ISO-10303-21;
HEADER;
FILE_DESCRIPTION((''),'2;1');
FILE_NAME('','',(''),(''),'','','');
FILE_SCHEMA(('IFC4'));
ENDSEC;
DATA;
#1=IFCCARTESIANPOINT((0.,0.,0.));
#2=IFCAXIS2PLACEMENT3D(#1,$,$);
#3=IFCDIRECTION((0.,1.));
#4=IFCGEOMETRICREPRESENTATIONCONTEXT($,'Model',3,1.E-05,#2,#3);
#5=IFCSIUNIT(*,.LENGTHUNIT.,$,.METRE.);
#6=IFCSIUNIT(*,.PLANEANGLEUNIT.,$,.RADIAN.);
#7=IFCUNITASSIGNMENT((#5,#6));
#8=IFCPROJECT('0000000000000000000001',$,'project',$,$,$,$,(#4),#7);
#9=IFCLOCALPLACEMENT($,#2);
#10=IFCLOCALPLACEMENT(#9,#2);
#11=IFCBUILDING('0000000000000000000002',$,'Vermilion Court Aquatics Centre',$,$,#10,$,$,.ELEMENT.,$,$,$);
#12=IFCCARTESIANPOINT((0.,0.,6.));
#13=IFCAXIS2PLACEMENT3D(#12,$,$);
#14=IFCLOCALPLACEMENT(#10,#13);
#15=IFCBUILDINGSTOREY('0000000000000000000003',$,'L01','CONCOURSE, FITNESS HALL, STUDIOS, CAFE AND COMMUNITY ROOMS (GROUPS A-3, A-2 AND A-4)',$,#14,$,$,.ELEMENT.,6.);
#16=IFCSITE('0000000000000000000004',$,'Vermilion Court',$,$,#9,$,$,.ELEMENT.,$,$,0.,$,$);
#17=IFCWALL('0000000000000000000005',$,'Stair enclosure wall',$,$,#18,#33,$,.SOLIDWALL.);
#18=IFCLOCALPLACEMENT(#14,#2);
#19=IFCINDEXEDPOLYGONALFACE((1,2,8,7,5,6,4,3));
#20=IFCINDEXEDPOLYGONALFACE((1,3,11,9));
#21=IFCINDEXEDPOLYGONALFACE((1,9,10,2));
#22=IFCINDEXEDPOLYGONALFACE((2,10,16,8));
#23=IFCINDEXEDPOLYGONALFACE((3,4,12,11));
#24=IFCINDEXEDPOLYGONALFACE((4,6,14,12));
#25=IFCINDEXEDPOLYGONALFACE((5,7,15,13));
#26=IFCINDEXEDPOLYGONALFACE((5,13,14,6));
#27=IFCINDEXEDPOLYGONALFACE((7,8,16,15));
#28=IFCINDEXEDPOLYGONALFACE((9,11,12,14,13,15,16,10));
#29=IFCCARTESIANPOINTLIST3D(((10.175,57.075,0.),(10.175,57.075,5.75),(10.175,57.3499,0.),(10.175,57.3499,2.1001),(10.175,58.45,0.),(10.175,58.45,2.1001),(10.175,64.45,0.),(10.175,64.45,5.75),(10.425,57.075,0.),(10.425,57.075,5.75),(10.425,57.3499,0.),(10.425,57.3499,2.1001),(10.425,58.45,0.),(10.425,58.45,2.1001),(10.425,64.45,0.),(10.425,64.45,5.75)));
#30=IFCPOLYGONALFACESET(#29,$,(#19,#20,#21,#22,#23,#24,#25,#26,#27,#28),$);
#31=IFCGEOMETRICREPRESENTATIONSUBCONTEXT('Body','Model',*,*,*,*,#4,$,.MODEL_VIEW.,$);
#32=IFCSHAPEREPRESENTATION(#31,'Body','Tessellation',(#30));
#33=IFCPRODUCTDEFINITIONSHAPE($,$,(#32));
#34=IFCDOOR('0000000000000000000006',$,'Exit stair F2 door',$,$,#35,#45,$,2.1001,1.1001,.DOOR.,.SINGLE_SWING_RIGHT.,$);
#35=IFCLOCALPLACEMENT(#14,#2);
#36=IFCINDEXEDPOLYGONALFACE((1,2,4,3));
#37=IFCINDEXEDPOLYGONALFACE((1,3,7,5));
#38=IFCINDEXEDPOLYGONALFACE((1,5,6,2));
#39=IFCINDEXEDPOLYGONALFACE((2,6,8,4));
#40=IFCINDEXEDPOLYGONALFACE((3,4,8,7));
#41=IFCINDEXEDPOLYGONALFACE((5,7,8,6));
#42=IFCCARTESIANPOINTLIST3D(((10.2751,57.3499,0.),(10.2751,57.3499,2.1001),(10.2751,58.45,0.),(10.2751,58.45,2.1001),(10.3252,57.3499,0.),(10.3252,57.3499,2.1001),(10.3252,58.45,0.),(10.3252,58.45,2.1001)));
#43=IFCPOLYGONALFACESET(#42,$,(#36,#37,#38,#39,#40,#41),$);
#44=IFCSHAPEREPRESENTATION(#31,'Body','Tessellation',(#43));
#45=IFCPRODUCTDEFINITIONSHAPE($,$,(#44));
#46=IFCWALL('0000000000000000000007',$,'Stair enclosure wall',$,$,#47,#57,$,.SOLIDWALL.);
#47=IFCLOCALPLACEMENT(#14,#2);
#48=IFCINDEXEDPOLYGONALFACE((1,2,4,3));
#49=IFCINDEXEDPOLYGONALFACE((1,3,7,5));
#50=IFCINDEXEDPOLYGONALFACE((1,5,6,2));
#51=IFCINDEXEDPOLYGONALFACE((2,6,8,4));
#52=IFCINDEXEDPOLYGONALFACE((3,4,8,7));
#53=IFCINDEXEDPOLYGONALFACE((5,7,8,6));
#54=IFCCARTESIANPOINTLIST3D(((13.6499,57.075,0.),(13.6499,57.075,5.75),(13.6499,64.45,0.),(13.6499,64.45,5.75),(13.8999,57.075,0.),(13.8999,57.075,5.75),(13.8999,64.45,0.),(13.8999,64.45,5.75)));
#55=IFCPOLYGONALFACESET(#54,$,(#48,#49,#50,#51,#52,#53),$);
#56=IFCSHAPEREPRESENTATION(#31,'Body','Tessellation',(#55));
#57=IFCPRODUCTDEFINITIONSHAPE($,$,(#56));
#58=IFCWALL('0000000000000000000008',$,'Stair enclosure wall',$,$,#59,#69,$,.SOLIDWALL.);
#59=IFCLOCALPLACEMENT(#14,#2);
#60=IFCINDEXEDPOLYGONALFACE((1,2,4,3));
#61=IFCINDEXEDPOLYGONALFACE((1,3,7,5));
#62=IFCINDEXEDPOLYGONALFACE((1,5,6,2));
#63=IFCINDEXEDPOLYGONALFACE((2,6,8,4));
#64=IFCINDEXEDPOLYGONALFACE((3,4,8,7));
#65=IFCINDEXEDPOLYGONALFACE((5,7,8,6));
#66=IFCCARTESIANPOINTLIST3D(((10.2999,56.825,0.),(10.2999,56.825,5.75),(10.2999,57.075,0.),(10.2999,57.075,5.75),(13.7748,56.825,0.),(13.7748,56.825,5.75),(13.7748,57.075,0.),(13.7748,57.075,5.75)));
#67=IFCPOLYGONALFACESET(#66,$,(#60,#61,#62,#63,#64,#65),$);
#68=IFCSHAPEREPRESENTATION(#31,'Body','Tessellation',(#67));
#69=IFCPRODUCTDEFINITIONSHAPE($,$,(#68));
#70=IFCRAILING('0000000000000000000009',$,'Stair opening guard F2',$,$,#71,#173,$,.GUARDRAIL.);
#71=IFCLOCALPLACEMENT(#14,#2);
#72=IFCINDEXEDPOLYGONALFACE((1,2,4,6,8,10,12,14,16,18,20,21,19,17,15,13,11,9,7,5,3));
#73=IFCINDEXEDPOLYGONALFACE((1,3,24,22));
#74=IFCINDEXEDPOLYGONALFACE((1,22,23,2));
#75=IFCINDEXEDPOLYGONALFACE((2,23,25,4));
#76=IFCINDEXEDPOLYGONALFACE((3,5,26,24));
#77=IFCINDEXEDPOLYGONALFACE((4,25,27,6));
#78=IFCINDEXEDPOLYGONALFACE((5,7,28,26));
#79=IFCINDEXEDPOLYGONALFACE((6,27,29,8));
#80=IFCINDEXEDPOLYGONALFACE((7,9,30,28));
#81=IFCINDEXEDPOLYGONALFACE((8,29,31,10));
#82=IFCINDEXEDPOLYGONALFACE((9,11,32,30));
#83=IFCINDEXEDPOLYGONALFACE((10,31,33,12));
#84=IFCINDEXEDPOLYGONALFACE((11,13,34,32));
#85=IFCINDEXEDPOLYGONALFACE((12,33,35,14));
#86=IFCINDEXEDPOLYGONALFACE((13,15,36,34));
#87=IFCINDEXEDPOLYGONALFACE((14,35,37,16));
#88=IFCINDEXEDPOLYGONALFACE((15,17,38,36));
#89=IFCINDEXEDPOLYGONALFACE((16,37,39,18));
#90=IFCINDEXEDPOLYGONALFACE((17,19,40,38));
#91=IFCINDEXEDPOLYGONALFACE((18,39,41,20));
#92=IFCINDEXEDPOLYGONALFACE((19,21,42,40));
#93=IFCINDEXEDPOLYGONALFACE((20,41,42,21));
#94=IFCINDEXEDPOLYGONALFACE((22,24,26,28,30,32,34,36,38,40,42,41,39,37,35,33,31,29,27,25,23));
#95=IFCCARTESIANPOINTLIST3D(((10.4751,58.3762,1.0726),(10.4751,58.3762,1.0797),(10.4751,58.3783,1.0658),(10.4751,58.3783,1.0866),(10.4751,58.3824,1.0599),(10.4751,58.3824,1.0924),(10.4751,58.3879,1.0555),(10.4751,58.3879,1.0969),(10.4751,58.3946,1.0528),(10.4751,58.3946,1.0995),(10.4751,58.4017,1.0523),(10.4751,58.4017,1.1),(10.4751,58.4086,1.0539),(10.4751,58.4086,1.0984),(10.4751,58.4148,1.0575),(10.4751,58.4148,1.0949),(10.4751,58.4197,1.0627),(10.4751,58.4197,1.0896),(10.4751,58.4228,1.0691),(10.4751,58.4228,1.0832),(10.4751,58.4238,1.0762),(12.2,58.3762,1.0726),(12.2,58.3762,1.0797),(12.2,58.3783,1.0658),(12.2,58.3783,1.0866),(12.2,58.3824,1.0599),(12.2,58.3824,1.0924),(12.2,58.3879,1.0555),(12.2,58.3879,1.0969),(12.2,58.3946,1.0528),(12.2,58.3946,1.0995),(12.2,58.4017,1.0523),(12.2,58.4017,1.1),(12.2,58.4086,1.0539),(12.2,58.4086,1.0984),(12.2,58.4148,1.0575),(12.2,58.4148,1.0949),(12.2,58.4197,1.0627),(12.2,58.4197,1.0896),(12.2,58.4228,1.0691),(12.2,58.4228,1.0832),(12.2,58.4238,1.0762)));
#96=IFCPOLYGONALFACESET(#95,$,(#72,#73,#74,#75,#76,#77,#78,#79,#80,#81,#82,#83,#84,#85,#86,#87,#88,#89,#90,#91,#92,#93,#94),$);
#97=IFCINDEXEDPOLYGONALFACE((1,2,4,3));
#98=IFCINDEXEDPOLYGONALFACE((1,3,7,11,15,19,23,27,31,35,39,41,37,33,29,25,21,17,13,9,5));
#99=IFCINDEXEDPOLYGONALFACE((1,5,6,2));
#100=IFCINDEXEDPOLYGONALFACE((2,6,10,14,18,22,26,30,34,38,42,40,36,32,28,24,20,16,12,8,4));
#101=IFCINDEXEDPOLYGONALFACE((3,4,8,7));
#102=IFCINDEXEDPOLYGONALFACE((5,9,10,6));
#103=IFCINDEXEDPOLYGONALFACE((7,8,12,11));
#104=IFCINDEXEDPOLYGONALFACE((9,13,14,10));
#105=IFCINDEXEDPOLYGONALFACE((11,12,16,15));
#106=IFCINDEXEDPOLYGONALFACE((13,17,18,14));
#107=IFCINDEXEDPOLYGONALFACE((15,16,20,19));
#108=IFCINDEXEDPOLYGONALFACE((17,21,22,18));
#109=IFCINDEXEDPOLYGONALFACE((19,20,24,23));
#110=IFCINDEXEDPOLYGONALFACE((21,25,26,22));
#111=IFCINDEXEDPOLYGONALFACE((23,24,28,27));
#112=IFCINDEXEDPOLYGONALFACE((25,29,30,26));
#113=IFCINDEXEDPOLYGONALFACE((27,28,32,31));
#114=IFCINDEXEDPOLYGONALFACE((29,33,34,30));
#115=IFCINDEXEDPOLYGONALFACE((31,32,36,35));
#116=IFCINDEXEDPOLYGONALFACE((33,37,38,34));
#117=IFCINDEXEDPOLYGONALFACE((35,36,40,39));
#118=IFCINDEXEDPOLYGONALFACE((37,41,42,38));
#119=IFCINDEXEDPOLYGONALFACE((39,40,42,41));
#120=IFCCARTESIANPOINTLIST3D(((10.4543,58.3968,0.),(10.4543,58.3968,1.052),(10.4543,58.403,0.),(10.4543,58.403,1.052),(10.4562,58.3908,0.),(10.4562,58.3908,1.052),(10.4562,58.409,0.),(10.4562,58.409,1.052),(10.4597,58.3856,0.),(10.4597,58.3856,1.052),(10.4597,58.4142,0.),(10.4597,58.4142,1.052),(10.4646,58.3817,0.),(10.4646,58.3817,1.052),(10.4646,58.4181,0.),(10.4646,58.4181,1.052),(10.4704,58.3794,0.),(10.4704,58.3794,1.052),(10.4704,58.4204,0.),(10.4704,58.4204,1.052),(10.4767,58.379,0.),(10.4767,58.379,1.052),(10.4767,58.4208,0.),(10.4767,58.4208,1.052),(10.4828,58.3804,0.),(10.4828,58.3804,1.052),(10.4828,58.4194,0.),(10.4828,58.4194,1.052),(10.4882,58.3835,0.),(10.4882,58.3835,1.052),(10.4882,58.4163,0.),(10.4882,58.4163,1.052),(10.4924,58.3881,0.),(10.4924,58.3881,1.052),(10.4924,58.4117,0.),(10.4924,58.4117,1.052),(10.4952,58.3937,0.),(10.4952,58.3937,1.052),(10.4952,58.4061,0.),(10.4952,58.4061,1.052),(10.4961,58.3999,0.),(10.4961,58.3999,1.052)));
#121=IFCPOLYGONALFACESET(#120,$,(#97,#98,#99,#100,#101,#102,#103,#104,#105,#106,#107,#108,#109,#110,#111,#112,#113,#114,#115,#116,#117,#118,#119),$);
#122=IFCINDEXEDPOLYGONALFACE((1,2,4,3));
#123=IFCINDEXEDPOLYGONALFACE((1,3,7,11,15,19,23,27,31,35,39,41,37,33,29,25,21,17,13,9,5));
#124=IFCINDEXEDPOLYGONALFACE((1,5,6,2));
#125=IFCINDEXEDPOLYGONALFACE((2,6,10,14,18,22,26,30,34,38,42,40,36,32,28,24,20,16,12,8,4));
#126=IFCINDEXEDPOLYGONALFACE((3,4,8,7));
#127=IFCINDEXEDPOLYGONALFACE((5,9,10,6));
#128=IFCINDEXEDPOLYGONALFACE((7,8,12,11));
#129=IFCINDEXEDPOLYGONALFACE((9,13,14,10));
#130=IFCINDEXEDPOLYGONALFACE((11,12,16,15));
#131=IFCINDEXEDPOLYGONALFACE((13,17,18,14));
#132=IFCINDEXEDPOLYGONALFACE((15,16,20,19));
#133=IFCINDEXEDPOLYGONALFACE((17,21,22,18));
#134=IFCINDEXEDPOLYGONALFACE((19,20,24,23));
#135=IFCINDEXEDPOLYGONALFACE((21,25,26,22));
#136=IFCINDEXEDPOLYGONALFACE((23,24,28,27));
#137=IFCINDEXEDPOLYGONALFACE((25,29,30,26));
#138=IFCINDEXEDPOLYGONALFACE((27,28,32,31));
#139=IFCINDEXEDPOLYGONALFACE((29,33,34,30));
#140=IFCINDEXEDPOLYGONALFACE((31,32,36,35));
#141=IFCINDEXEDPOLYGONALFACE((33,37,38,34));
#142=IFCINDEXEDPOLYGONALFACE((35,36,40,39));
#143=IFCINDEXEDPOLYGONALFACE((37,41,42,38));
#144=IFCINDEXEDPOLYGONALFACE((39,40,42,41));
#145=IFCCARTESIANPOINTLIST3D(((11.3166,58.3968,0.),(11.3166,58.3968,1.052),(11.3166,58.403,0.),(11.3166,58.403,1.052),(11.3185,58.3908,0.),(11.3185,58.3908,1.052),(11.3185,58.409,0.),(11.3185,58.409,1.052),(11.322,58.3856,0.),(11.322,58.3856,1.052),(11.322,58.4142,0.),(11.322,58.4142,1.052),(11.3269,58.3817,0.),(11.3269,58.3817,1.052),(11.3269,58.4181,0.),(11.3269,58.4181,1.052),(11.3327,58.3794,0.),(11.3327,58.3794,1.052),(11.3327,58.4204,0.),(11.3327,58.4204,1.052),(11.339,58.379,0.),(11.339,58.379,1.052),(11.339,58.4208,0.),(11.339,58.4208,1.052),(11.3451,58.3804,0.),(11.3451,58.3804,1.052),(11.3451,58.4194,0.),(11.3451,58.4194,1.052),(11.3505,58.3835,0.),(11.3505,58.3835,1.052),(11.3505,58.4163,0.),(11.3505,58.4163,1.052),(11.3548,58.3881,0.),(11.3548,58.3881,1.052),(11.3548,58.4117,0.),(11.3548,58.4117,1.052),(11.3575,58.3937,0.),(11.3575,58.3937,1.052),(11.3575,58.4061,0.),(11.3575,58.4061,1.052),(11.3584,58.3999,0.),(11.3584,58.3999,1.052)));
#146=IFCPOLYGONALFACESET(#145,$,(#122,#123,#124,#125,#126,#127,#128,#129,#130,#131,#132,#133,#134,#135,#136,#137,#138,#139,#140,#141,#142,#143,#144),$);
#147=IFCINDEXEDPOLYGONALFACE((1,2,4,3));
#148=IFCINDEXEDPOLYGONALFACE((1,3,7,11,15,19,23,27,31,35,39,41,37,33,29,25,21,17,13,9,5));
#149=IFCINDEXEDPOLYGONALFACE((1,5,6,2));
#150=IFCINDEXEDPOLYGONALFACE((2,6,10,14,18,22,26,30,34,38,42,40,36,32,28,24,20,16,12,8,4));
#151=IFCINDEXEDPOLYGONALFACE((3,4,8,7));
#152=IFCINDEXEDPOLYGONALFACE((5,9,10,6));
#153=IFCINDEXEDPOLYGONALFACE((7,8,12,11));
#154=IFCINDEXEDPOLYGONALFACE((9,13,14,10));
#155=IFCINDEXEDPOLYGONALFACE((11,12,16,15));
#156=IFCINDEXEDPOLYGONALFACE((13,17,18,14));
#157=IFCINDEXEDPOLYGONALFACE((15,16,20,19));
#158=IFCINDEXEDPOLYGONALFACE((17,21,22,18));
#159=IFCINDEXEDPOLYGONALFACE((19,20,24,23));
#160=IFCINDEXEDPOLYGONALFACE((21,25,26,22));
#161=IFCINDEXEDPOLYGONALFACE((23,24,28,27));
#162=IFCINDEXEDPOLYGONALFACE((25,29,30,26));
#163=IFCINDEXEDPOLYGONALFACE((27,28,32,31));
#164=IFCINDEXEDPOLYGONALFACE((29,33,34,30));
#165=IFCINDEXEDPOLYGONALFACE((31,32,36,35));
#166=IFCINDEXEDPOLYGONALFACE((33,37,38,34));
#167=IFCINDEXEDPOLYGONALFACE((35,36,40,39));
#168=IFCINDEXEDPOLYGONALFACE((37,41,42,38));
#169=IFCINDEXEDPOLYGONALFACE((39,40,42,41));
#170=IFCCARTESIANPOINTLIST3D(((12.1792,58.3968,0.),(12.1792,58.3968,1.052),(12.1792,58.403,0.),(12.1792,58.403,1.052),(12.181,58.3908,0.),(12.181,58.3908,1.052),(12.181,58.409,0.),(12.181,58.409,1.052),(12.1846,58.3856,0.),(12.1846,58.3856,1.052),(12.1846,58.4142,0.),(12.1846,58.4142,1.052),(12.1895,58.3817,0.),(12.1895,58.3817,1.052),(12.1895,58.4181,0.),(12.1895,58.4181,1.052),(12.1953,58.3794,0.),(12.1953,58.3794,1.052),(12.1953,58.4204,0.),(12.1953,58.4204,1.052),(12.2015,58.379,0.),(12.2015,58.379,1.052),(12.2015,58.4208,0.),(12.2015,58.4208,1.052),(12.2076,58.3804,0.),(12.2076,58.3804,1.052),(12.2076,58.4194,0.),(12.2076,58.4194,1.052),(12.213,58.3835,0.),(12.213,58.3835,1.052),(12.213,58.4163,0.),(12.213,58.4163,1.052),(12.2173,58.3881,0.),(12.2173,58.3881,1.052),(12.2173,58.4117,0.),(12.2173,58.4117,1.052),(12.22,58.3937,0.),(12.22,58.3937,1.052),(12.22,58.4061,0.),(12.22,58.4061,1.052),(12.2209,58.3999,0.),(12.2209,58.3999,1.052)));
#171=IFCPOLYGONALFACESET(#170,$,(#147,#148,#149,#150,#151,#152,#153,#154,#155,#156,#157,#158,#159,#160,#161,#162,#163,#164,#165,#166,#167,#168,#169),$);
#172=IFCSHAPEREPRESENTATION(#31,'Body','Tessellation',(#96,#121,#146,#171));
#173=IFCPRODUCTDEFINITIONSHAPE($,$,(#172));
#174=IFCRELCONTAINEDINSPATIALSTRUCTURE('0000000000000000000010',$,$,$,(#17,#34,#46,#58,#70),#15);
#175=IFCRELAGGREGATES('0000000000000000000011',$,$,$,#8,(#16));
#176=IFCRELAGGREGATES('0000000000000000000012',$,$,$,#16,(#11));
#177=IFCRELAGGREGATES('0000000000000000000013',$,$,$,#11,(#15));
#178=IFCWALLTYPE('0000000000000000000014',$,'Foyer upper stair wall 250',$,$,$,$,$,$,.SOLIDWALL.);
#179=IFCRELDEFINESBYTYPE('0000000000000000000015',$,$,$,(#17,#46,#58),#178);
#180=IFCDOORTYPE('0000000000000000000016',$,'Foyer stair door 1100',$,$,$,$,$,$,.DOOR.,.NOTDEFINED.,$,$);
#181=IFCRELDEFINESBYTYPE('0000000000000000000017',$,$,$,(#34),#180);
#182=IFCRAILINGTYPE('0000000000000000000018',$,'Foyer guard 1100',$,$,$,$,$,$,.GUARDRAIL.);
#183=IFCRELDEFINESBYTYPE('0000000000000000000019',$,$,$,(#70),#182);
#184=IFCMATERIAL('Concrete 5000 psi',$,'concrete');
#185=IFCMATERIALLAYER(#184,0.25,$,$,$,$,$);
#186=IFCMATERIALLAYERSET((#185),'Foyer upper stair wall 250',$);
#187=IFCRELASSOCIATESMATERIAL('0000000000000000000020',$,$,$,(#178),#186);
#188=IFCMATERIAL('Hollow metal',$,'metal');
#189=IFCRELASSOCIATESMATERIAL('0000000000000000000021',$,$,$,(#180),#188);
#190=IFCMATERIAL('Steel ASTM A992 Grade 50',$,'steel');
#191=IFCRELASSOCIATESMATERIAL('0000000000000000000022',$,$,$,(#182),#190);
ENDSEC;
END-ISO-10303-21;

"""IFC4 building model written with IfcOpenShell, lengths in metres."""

from ifc_helpers import new_model, si_unit, direction, frame, frame_2d, origin, origin_2d, place, context, subcontext, project, spatial, rectangle, circle, extrude, material, layer, layer_set, type_object, element, fill, save


model = new_model("IFC4")

# Units and contexts
model_context = context("Model", 3, precision=1e-05, world=origin(), true_north=direction((0.0, 1.0)))
body_context = subcontext(model_context, "Body", "Model", "MODEL_VIEW")
ifc_project = project(units=[si_unit("LENGTHUNIT", "METRE"), si_unit("PLANEANGLEUNIT", "RADIAN")], contexts=[model_context])

# Site, building, storey
site_placement = place(None, origin())
site = spatial("IfcSite", under=ifc_project, at=site_placement, Name="Vermilion Court", CompositionType="ELEMENT", RefElevation=0.0)
building_placement = place(site_placement, origin())
building = spatial("IfcBuilding", under=site, at=building_placement, Name="Vermilion Court Aquatics Centre", CompositionType="ELEMENT")
storey_placement = place(building_placement, frame((0.0, 0.0, 6.0)))
storey = spatial("IfcBuildingStorey", under=building, at=storey_placement, Name="L01", Description="CONCOURSE, FITNESS HALL, STUDIOS, CAFE AND COMMUNITY ROOMS (GROUPS A-3, A-2 AND A-4)", CompositionType="ELEMENT", Elevation=6.0)

# Wall, opening, door
ifc_material_1 = material(Name="Concrete 5000 psi", Category="concrete")
ifc_layer_1 = layer(ifc_material_1, 0.25)
ifc_layer_set_1 = layer_set([ifc_layer_1], Name="Foyer upper stair wall 250")
wall_type_1 = type_object("IfcWallType", Name="Foyer upper stair wall 250", PredefinedType="SOLIDWALL", material=ifc_layer_set_1)
wall_1_placement = place(storey_placement, frame((10.3, 57.075, 0.0), z_axis=(0.0, 0.0, 1.0), x_axis=(0.0, 1.0, 0.0)))
wall_1 = element("IfcWall", 1, at=wall_1_placement, inside=storey, type_object=wall_type_1, Name="Stair enclosure wall", PredefinedType="SOLIDWALL", context=body_context, shape_type="SweptSolid", body=[
    extrude(rectangle(XDim=7.375, YDim=0.25, at=frame_2d((3.6875, 0.0))), origin(), (0.0, 0.0, 1.0), 5.75),
])
opening_1_placement = place(wall_1_placement, frame((0.2749, 0.0, 0.0)))
opening_1 = element("IfcOpeningElement", 2, at=opening_1_placement, cuts=wall_1, PredefinedType="OPENING", context=body_context, shape_type="SweptSolid", body=[
    extrude(rectangle(XDim=1.1001, YDim=2.1001, at=frame_2d((0.55, 1.05))), frame((0.0, 0.135, 0.0), z_axis=(0.0, -1.0, 0.0), x_axis=(1.0, 0.0, 0.0)), (0.0, 0.0, 1.0), 0.27),
])
ifc_material_2 = material(Name="Hollow metal", Category="metal")
door_type_1 = type_object("IfcDoorType", Name="Foyer stair door 1100", OperationType="NOTDEFINED", PredefinedType="DOOR", material=ifc_material_2)
door_1_placement = place(opening_1_placement, frame((1.1001, 0.0, 0.0), z_axis=(0.0, 0.0, 1.0), x_axis=(-1.0, 0.0, 0.0)))
door_1 = element("IfcDoor", 3, at=door_1_placement, inside=storey, type_object=door_type_1, Name="Exit stair F2 door", OperationType="SINGLE_SWING_RIGHT", OverallHeight=2.1001, OverallWidth=1.1001, PredefinedType="DOOR", context=body_context, shape_type="SweptSolid", body=[
    extrude(rectangle(XDim=1.1001, YDim=2.1001, at=frame_2d((0.55, 1.05))), frame((0.0, 0.0251, 0.0), z_axis=(0.0, -1.0, 0.0), x_axis=(1.0, 0.0, 0.0)), (0.0, 0.0, 1.0), 0.05),
])
fill(opening_1, door_1)

# Walls
wall_2_placement = place(storey_placement, frame((13.7749, 57.075, 0.0), z_axis=(0.0, 0.0, 1.0), x_axis=(0.0, 1.0, 0.0)))
element("IfcWall", 4, at=wall_2_placement, inside=storey, type_object=wall_type_1, Name="Stair enclosure wall", PredefinedType="SOLIDWALL", context=body_context, shape_type="SweptSolid", body=[
    extrude(rectangle(XDim=7.375, YDim=0.25, at=frame_2d((3.6875, 0.0))), origin(), (0.0, 0.0, 1.0), 5.75),
])
wall_3_placement = place(storey_placement, frame((10.3, 56.95, 0.0), z_axis=(0.0, 0.0, 1.0), x_axis=(1.0, 0.0, 0.0)))
element("IfcWall", 5, at=wall_3_placement, inside=storey, type_object=wall_type_1, Name="Stair enclosure wall", PredefinedType="SOLIDWALL", context=body_context, shape_type="SweptSolid", body=[
    extrude(rectangle(XDim=3.4749, YDim=0.25, at=frame_2d((1.7373, 0.0))), origin(), (0.0, 0.0, 1.0), 5.75),
])

# Railing
ifc_material_3 = material(Name="Steel ASTM A992 Grade 50", Category="steel")
railing_type = type_object("IfcRailingType", Name="Foyer guard 1100", PredefinedType="GUARDRAIL", material=ifc_material_3)
railing_placement = place(storey_placement, frame((10.4751, 58.3999, 0.0)))
element("IfcRailing", 6, at=railing_placement, inside=storey, type_object=railing_type, Name="Stair opening guard F2", PredefinedType="GUARDRAIL", context=body_context, shape_type="SweptSolid", body=[
    extrude(circle(Radius=0.0239, at=origin_2d()), frame((0.0, 0.0, 1.0762), z_axis=(1.0, 0.0, 0.0), x_axis=(0.0, 1.0, 0.0)), (0.0, 0.0, 1.0), 1.7249),
    extrude(circle(Radius=0.021, at=origin_2d()), origin(), (0.0, 0.0, 1.0), 1.052),
    extrude(circle(Radius=0.021, at=origin_2d()), frame((0.8623, 0.0, 0.0)), (0.0, 0.0, 1.0), 1.052),
    extrude(circle(Radius=0.021, at=origin_2d()), frame((1.7249, 0.0, 0.0)), (0.0, 0.0, 1.0), 1.052),
])

save(model, "model.ifc")
